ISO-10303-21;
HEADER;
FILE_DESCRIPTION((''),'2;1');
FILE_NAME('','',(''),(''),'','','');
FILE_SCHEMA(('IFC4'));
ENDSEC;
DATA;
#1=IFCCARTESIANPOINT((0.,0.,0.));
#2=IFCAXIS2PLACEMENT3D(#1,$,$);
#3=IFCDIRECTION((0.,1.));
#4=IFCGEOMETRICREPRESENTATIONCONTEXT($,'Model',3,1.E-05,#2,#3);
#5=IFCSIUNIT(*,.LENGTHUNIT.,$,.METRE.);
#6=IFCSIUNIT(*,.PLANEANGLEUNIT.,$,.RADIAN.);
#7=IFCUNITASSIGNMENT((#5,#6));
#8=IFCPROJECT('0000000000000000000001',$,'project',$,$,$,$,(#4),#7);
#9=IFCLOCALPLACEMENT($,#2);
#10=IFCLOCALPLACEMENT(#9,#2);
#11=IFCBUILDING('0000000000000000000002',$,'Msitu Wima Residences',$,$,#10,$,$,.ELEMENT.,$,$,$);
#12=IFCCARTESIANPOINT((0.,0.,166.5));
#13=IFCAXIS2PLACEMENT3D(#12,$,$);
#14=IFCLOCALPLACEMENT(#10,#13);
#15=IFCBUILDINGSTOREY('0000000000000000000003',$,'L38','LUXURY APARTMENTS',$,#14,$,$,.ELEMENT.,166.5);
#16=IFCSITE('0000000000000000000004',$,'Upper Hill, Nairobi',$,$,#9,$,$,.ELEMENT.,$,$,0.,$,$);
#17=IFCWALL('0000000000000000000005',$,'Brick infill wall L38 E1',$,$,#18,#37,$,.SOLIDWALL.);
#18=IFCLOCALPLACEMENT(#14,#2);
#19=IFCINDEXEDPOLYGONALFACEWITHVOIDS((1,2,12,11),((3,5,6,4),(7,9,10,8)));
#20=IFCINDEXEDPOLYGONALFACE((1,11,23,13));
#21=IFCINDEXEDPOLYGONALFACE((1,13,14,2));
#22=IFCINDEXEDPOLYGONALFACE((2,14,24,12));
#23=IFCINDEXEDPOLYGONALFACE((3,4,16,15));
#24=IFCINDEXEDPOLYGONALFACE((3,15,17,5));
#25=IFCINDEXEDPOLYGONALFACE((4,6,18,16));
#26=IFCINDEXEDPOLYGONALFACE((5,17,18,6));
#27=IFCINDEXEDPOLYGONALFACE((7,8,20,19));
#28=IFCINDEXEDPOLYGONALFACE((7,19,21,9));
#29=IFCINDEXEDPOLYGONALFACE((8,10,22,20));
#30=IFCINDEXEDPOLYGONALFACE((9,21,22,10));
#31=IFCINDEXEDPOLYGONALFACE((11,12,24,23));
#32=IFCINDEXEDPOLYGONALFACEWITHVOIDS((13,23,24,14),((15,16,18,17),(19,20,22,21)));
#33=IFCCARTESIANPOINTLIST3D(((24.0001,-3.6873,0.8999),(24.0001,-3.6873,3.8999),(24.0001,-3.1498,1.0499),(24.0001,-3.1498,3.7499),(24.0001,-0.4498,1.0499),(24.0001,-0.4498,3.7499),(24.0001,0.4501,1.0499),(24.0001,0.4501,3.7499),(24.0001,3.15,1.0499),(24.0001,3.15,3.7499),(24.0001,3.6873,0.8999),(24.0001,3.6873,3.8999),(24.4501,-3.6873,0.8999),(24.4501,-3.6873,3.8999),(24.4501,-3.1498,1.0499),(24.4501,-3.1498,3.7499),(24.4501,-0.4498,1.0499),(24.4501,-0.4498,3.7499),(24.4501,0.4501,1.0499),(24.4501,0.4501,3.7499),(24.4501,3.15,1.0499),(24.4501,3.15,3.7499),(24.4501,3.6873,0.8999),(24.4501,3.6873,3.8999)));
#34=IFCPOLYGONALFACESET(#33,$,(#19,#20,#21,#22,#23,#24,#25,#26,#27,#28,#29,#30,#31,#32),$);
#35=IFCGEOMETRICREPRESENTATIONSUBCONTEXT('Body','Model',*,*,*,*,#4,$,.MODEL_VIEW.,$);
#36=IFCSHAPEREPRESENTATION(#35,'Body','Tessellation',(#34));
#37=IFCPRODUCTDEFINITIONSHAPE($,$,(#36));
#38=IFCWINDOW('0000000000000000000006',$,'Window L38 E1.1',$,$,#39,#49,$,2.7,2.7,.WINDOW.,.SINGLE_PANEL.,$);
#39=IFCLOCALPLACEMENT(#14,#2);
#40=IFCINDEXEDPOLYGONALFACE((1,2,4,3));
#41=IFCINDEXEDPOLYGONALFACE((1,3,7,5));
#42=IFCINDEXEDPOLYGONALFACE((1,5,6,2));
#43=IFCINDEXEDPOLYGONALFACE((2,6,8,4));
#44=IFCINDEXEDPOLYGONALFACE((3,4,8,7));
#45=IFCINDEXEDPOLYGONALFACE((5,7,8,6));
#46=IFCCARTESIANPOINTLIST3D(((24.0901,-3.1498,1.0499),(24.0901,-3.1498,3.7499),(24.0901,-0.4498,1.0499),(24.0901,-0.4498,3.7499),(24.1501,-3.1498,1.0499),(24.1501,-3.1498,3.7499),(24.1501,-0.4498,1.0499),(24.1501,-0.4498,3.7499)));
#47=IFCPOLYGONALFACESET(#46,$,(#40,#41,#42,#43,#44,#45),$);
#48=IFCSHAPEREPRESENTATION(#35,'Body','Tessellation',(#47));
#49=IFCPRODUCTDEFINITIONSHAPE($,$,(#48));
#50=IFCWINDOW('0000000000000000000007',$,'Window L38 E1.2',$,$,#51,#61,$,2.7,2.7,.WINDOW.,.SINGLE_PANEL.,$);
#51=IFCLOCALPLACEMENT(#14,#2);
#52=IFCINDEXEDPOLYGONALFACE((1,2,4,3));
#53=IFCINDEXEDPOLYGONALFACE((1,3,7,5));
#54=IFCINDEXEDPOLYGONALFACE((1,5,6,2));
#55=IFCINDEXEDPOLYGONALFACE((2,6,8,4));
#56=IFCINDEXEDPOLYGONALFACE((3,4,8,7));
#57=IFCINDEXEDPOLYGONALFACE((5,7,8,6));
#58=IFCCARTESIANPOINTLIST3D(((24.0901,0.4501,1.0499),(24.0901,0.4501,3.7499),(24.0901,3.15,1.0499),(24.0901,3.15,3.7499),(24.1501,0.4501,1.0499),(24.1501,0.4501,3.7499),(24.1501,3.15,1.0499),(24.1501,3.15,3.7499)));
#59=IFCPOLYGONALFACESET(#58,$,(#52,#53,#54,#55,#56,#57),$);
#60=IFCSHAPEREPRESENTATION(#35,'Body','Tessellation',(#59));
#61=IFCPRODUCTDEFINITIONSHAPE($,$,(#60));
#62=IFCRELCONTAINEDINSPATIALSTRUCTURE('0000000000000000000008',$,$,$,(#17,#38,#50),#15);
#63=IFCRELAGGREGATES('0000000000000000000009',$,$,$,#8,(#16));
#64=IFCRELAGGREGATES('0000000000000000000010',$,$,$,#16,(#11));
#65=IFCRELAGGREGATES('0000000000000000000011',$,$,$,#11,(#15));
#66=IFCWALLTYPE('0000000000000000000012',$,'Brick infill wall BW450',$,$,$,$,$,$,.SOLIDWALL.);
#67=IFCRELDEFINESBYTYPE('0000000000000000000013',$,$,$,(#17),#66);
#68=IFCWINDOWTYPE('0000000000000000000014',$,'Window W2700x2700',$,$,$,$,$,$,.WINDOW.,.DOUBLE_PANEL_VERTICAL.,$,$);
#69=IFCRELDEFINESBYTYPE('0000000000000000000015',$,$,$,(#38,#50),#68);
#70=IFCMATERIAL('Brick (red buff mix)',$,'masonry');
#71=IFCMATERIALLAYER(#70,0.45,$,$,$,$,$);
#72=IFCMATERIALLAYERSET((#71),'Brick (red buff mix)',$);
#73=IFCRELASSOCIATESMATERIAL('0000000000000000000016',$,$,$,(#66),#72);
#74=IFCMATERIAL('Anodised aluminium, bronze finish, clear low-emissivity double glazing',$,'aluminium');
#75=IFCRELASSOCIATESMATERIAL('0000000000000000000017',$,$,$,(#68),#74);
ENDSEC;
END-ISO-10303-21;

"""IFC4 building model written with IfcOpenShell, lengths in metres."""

from ifc_helpers import new_model, si_unit, direction, frame, frame_2d, origin, place, context, subcontext, project, spatial, rectangle, extrude, material, layer, layer_set, type_object, element, fill, save


model = new_model("IFC4")

# Units and contexts
model_context = context("Model", 3, precision=1e-05, world=origin(), true_north=direction((0.0, 1.0)))
body_context = subcontext(model_context, "Body", "Model", "MODEL_VIEW")
ifc_project = project(units=[si_unit("LENGTHUNIT", "METRE"), si_unit("PLANEANGLEUNIT", "RADIAN")], contexts=[model_context])

# Site, building, storey
site_placement = place(None, origin())
site = spatial("IfcSite", under=ifc_project, at=site_placement, Name="Upper Hill, Nairobi", CompositionType="ELEMENT", RefElevation=0.0)
building_placement = place(site_placement, origin())
building = spatial("IfcBuilding", under=site, at=building_placement, Name="Msitu Wima Residences", CompositionType="ELEMENT")
storey_placement = place(building_placement, frame((0.0, 0.0, 166.5)))
storey = spatial("IfcBuildingStorey", under=building, at=storey_placement, Name="L38", Description="LUXURY APARTMENTS", CompositionType="ELEMENT", Elevation=166.5)

# Shared definitions
ifc_material_1 = material(Name="Brick (red buff mix)", Category="masonry")
ifc_layer_1 = layer(ifc_material_1, 0.45)
ifc_layer_set_1 = layer_set([ifc_layer_1], Name="Brick (red buff mix)")
wall_type_1 = type_object("IfcWallType", Name="Brick infill wall BW450", PredefinedType="SOLIDWALL", material=ifc_layer_set_1)
ifc_material_2 = material(Name="Anodised aluminium, bronze finish, clear low-emissivity double glazing", Category="aluminium")
window_type = type_object("IfcWindowType", Name="Window W2700x2700", PartitioningType="DOUBLE_PANEL_VERTICAL", PredefinedType="WINDOW", material=ifc_material_2)

# Wall, openings, windows
wall_1_placement = place(storey_placement, frame((24.2251, -3.6873, 0.8999), z_axis=(0.0, 0.0, 1.0), x_axis=(0.0, 1.0, 0.0)))
wall_1 = element("IfcWall", 1, at=wall_1_placement, inside=storey, type_object=wall_type_1, Name="Brick infill wall L38 E1", PredefinedType="SOLIDWALL", context=body_context, shape_type="SweptSolid", body=[
    extrude(rectangle(XDim=7.3745, YDim=0.45, at=frame_2d((3.6873, 0.0))), origin(), (0.0, 0.0, 1.0), 3.0),
])
opening_1_placement = place(wall_1_placement, frame((0.5374, 0.0, 0.1499)))
opening_1 = element("IfcOpeningElement", 2, at=opening_1_placement, cuts=wall_1, PredefinedType="OPENING", context=body_context, shape_type="SweptSolid", body=[
    extrude(rectangle(XDim=2.7, YDim=2.7, at=frame_2d((1.3501, 1.3501))), frame((0.0, 0.2349, 0.0), z_axis=(0.0, -1.0, 0.0), x_axis=(1.0, 0.0, 0.0)), (0.0, 0.0, 1.0), 0.47),
])
opening_2_placement = place(wall_1_placement, frame((4.1372, 0.0, 0.1499)))
opening_2 = element("IfcOpeningElement", 3, at=opening_2_placement, cuts=wall_1, PredefinedType="OPENING", context=body_context, shape_type="SweptSolid", body=[
    extrude(rectangle(XDim=2.7, YDim=2.7, at=frame_2d((1.3501, 1.3501))), frame((0.0, 0.2349, 0.0), z_axis=(0.0, -1.0, 0.0), x_axis=(1.0, 0.0, 0.0)), (0.0, 0.0, 1.0), 0.47),
])
window_1_placement = place(opening_1_placement, origin())
window_1 = element("IfcWindow", 4, at=window_1_placement, inside=storey, type_object=window_type, Name="Window L38 E1.1", OverallHeight=2.7, OverallWidth=2.7, PartitioningType="SINGLE_PANEL", PredefinedType="WINDOW", context=body_context, shape_type="SweptSolid", body=[
    extrude(rectangle(XDim=2.7, YDim=2.7, at=frame_2d((1.3501, 1.3501))), frame((0.0, 0.135, 0.0), z_axis=(0.0, -1.0, 0.0), x_axis=(1.0, 0.0, 0.0)), (0.0, 0.0, 1.0), 0.0601),
])
fill(opening_1, window_1)
window_2_placement = place(opening_2_placement, origin())
window_2 = element("IfcWindow", 5, at=window_2_placement, inside=storey, type_object=window_type, Name="Window L38 E1.2", OverallHeight=2.7, OverallWidth=2.7, PartitioningType="SINGLE_PANEL", PredefinedType="WINDOW", context=body_context, shape_type="SweptSolid", body=[
    extrude(rectangle(XDim=2.7, YDim=2.7, at=frame_2d((1.3501, 1.3501))), frame((0.0, 0.135, 0.0), z_axis=(0.0, -1.0, 0.0), x_axis=(1.0, 0.0, 0.0)), (0.0, 0.0, 1.0), 0.0601),
])
fill(opening_2, window_2)

save(model, "model.ifc")
